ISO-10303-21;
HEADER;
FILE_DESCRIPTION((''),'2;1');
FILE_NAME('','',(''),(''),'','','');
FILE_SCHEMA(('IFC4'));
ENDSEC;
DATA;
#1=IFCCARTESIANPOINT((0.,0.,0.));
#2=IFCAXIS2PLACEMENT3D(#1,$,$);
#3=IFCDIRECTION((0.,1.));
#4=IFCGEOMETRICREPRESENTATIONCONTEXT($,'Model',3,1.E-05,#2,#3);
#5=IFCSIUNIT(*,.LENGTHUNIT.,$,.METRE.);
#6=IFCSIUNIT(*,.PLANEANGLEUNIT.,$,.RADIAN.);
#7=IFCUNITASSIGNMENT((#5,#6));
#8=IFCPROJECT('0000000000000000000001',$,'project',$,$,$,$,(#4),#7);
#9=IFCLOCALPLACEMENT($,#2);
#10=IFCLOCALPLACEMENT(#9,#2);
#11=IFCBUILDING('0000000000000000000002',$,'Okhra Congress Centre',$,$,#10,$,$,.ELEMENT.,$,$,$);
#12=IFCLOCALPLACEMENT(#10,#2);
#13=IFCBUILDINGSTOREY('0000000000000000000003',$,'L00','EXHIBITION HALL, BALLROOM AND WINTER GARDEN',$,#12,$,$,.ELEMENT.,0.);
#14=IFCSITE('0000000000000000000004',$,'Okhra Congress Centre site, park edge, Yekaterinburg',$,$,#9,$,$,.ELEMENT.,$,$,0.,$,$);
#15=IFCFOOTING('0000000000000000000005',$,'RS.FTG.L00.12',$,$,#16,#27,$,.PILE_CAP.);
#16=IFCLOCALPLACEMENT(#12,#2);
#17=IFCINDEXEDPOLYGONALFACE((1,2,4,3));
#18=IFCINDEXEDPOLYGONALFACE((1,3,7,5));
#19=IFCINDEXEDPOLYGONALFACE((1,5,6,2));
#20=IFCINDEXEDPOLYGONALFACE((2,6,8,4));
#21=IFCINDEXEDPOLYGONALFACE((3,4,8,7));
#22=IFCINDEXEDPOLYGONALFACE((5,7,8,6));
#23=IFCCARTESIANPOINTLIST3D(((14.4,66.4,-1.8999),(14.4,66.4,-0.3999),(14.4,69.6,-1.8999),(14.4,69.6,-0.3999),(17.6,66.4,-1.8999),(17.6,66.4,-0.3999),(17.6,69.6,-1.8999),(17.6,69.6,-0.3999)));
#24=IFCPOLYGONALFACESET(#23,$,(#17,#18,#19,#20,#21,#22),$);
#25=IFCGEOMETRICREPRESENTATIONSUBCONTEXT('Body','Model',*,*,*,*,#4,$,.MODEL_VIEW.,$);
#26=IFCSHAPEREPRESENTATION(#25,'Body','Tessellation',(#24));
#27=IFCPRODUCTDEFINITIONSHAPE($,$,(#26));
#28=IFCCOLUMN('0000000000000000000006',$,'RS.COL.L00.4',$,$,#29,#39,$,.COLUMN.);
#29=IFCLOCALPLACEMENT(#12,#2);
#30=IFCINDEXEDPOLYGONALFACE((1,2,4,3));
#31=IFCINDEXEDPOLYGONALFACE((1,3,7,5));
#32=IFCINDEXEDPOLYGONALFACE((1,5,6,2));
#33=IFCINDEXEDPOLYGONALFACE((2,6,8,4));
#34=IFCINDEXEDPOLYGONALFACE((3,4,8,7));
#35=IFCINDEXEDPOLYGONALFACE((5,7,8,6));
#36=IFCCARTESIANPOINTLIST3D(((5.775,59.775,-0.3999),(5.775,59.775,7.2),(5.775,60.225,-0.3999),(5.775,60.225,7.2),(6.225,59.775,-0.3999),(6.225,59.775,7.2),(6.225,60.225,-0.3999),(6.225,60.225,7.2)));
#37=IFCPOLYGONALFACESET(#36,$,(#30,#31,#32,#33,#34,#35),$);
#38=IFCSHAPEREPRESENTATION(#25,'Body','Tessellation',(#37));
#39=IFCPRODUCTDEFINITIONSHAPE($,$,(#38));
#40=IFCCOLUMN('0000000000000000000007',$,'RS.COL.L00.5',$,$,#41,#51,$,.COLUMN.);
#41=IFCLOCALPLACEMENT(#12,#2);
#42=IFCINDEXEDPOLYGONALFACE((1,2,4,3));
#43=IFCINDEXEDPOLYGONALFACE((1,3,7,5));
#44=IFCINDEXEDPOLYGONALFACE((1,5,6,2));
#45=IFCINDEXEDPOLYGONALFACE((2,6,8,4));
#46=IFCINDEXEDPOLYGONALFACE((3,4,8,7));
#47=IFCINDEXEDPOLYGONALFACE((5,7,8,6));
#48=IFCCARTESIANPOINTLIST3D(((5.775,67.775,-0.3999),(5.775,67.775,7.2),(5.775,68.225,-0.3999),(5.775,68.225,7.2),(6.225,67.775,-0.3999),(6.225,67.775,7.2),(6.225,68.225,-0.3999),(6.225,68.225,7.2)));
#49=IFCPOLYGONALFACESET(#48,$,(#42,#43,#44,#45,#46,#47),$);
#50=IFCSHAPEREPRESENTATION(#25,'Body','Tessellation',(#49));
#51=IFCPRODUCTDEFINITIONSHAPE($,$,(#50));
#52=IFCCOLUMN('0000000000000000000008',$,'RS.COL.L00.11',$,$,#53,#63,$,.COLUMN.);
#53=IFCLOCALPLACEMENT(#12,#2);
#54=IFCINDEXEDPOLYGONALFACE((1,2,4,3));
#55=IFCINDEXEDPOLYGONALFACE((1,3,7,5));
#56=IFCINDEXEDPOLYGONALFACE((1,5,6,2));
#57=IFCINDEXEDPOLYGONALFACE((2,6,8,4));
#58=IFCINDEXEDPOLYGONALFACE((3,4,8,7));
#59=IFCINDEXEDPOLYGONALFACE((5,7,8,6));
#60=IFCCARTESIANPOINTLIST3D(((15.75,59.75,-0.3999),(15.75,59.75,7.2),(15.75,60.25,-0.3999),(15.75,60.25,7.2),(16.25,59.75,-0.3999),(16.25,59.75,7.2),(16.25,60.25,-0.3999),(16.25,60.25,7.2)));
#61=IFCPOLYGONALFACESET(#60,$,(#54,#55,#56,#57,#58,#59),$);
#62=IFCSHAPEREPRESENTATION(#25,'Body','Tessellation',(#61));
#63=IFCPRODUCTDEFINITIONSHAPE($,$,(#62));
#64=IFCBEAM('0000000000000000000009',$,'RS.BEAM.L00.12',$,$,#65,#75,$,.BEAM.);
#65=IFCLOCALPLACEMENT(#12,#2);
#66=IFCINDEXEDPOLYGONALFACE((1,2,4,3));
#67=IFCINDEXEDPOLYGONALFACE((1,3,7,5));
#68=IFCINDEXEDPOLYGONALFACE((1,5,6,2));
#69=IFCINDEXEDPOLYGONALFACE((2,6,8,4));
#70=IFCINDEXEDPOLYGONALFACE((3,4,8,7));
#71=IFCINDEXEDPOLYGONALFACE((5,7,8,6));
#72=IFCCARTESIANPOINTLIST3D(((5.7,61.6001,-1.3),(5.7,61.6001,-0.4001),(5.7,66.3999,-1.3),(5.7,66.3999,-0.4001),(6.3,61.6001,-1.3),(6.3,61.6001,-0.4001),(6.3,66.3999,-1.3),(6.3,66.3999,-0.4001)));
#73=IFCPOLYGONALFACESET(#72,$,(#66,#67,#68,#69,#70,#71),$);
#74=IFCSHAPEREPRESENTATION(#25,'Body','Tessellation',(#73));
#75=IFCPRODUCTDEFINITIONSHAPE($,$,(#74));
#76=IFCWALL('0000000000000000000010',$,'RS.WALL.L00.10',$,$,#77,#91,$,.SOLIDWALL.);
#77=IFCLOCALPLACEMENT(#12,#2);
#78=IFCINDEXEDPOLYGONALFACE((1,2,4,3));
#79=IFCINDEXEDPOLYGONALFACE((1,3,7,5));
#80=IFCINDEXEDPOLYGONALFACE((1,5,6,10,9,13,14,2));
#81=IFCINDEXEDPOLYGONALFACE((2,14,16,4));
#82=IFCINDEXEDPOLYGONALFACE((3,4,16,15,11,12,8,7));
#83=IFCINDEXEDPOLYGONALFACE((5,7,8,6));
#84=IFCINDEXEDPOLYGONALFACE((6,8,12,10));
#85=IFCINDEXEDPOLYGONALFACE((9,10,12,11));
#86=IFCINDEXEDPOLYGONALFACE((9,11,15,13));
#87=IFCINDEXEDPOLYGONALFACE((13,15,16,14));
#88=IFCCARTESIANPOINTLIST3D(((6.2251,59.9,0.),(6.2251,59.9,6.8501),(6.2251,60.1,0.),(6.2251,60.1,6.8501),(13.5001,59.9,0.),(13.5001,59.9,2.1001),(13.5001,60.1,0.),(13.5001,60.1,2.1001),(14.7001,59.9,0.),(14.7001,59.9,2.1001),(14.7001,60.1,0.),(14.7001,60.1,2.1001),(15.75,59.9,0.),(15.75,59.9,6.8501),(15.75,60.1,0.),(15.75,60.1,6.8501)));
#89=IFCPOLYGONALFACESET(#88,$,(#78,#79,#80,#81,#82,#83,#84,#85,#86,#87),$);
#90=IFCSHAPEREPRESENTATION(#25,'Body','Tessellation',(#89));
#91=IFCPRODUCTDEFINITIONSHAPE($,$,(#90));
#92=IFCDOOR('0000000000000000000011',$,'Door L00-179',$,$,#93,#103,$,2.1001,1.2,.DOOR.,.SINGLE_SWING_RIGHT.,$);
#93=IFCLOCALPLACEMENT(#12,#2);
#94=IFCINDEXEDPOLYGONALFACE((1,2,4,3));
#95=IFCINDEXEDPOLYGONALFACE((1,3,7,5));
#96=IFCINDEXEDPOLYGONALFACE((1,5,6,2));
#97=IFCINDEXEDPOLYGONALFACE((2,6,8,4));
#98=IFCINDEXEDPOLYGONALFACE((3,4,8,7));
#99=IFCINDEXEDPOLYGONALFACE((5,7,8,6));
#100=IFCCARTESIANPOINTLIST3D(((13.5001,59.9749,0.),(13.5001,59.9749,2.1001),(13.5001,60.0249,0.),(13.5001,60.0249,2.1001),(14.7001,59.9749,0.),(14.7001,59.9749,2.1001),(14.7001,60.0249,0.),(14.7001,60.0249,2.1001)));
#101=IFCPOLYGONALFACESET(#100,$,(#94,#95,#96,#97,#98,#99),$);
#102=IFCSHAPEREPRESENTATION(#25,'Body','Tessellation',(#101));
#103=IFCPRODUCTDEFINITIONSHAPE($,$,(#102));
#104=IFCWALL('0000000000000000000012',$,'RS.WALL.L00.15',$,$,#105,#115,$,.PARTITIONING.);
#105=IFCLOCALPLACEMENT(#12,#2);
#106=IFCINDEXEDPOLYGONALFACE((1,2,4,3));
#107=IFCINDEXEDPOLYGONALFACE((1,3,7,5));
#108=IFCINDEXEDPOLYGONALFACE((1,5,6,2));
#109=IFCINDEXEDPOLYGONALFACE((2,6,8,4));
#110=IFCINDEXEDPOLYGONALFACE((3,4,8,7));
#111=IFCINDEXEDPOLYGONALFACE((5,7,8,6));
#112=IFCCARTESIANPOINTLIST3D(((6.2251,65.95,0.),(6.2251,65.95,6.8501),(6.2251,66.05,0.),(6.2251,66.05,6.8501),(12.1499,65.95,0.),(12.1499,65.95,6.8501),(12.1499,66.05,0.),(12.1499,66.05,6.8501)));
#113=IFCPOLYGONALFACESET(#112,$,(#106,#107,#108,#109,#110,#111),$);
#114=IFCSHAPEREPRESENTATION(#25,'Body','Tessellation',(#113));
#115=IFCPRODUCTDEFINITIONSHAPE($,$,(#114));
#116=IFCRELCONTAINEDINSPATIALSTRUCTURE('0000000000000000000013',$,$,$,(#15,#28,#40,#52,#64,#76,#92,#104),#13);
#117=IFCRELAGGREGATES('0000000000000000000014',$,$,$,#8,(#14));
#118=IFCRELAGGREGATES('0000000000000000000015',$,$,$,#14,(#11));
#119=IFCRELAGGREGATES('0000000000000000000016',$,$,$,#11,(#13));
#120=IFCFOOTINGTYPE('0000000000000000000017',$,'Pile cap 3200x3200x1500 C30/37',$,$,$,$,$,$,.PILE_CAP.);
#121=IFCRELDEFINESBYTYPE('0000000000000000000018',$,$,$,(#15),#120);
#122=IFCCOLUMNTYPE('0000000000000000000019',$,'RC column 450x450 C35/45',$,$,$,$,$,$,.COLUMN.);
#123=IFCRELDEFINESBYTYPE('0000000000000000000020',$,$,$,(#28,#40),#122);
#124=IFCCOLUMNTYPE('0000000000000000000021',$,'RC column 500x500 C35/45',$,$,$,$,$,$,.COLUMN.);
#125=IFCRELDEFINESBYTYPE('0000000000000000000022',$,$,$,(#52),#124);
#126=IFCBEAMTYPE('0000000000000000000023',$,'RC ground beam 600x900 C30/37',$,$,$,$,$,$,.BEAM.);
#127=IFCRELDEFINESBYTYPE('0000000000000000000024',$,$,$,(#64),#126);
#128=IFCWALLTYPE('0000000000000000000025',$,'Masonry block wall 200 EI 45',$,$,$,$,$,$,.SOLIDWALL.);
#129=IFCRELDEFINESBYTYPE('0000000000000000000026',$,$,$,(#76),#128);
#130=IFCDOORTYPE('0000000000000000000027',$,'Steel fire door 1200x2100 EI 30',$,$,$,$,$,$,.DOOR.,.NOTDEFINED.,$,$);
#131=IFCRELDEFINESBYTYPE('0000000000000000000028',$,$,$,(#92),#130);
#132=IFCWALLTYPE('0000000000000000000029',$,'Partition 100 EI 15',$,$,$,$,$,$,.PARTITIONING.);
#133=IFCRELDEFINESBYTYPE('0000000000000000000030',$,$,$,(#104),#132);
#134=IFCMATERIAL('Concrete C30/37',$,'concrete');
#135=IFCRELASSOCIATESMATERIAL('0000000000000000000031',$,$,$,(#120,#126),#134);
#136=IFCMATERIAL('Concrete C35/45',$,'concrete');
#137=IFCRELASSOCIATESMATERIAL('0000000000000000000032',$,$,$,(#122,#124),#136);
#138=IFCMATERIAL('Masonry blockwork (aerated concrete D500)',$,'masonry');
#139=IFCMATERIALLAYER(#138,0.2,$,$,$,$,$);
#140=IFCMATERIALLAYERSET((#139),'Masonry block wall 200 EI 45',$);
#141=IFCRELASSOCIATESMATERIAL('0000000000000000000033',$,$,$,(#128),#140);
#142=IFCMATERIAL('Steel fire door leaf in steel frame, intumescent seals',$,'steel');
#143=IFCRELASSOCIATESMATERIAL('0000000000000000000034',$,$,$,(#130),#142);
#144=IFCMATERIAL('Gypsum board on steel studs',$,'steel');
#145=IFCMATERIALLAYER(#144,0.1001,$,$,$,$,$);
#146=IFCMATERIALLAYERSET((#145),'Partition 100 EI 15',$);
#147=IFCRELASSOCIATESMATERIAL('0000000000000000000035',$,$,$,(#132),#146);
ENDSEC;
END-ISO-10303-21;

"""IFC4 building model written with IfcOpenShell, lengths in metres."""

from ifc_helpers import new_model, si_unit, direction, frame, frame_2d, origin, origin_2d, place, context, subcontext, project, spatial, rectangle, extrude, material, layer, layer_set, material_profile, profile_set, type_object, element, fill, save


model = new_model("IFC4")

# Units and contexts
model_context = context("Model", 3, precision=1e-05, world=origin(), true_north=direction((0.0, 1.0)))
body_context = subcontext(model_context, "Body", "Model", "MODEL_VIEW")
ifc_project = project(units=[si_unit("LENGTHUNIT", "METRE"), si_unit("PLANEANGLEUNIT", "RADIAN")], contexts=[model_context])

# Site, building, storey
site_placement = place(None, origin())
site = spatial("IfcSite", under=ifc_project, at=site_placement, Name="Okhra Congress Centre site, park edge, Yekaterinburg", CompositionType="ELEMENT", RefElevation=0.0)
building_placement = place(site_placement, origin())
building = spatial("IfcBuilding", under=site, at=building_placement, Name="Okhra Congress Centre", CompositionType="ELEMENT")
storey_placement = place(building_placement, origin())
storey = spatial("IfcBuildingStorey", under=building, at=storey_placement, Name="L00", Description="EXHIBITION HALL, BALLROOM AND WINTER GARDEN", CompositionType="ELEMENT", Elevation=0.0)

# Shared definitions
ifc_material_1 = material(Name="Concrete C30/37", Category="concrete")

# Footing
footing_type = type_object("IfcFootingType", Name="Pile cap 3200x3200x1500 C30/37", PredefinedType="PILE_CAP", material=ifc_material_1)
for number, where, z_axis, x_axis, name in (
    (1, (16.0, 68.0, -1.8999), (0.0, 0.0, 1.0), (1.0, 0.0, 0.0), "RS.FTG.L00.12"),
):
    element("IfcFooting", number, at=place(storey_placement, frame(where, z_axis=z_axis, x_axis=x_axis)), inside=storey, type_object=footing_type, Name=name, PredefinedType="PILE_CAP", context=body_context, shape_type="SweptSolid", body=[
        extrude(rectangle(XDim=3.2, YDim=3.2, at=origin_2d()), origin(), (0.0, 0.0, 1.0), 1.5),
    ])

# Columns
ifc_material_2 = material(Name="Concrete C35/45", Category="concrete")
ifc_material_profile_1 = material_profile(ifc_material_2, rectangle(XDim=0.45, YDim=0.45, at=origin_2d()), Name="RC 450x450")
ifc_profile_set_1 = profile_set([ifc_material_profile_1], Name="Concrete C35/45")
column_type_1 = type_object("IfcColumnType", Name="RC column 450x450 C35/45", PredefinedType="COLUMN", material=ifc_profile_set_1)
for number, where, z_axis, x_axis, name in (
    (2, (6.0, 60.0, -0.3999), (0.0, 0.0, 1.0), (1.0, 0.0, 0.0), "RS.COL.L00.4"),
    (3, (6.0, 68.0, -0.3999), (0.0, 0.0, 1.0), (1.0, 0.0, 0.0), "RS.COL.L00.5"),
):
    element("IfcColumn", number, at=place(storey_placement, frame(where, z_axis=z_axis, x_axis=x_axis)), inside=storey, type_object=column_type_1, Name=name, PredefinedType="COLUMN", context=body_context, shape_type="SweptSolid", body=[
        extrude(rectangle(XDim=0.45, YDim=0.45, at=origin_2d()), origin(), (0.0, 0.0, 1.0), 7.5999),
    ])
ifc_material_profile_2 = material_profile(ifc_material_2, rectangle(XDim=0.5, YDim=0.5, at=origin_2d()), Name="RC 500x500")
ifc_profile_set_2 = profile_set([ifc_material_profile_2], Name="Concrete C35/45")
column_type_2 = type_object("IfcColumnType", Name="RC column 500x500 C35/45", PredefinedType="COLUMN", material=ifc_profile_set_2)
column_placement = place(storey_placement, frame((16.0, 60.0, -0.3999), z_axis=(0.0, 0.0, 1.0), x_axis=(1.0, 0.0, 0.0)))
element("IfcColumn", 4, at=column_placement, inside=storey, type_object=column_type_2, Name="RS.COL.L00.11", PredefinedType="COLUMN", context=body_context, shape_type="SweptSolid", body=[
    extrude(rectangle(XDim=0.5, YDim=0.5, at=origin_2d()), origin(), (0.0, 0.0, 1.0), 7.5999),
])

# Beam
ifc_material_profile_3 = material_profile(ifc_material_1, rectangle(XDim=0.6001, YDim=0.8999, at=origin_2d()), Name="RC 600x900")
ifc_profile_set_3 = profile_set([ifc_material_profile_3], Name="Concrete C30/37")
beam_type = type_object("IfcBeamType", Name="RC ground beam 600x900 C30/37", PredefinedType="BEAM", material=ifc_profile_set_3)
beam_placement = place(storey_placement, frame((6.0, 61.6001, -0.8501), z_axis=(0.0, 1.0, 0.0), x_axis=(-1.0, 0.0, 0.0)))
element("IfcBeam", 5, at=beam_placement, inside=storey, type_object=beam_type, Name="RS.BEAM.L00.12", PredefinedType="BEAM", context=body_context, shape_type="SweptSolid", body=[
    extrude(rectangle(XDim=0.6001, YDim=0.8999, at=origin_2d()), origin(), (0.0, 0.0, 1.0), 4.7998),
])

# Wall, opening, door
ifc_material_3 = material(Name="Masonry blockwork (aerated concrete D500)", Category="masonry")
ifc_layer_1 = layer(ifc_material_3, 0.2)
ifc_layer_set_1 = layer_set([ifc_layer_1], Name="Masonry block wall 200 EI 45")
wall_type_1 = type_object("IfcWallType", Name="Masonry block wall 200 EI 45", PredefinedType="SOLIDWALL", material=ifc_layer_set_1)
wall_1_placement = place(storey_placement, frame((6.2251, 60.0, 0.0), z_axis=(0.0, 0.0, 1.0), x_axis=(1.0, 0.0, 0.0)))
wall_1 = element("IfcWall", 6, at=wall_1_placement, inside=storey, type_object=wall_type_1, Name="RS.WALL.L00.10", PredefinedType="SOLIDWALL", context=body_context, shape_type="SweptSolid", body=[
    extrude(rectangle(XDim=9.5249, YDim=0.2, at=frame_2d((4.7625, 0.0))), origin(), (0.0, 0.0, 1.0), 6.8501),
])
opening_1_placement = place(wall_1_placement, frame((7.2749, 0.0, 0.0)))
opening_1 = element("IfcOpeningElement", 7, at=opening_1_placement, cuts=wall_1, PredefinedType="OPENING", context=body_context, shape_type="SweptSolid", body=[
    extrude(rectangle(XDim=1.2, YDim=2.1001, at=frame_2d((0.6001, 1.05))), frame((0.0, 0.1099, 0.0), z_axis=(0.0, -1.0, 0.0), x_axis=(1.0, 0.0, 0.0)), (0.0, 0.0, 1.0), 0.22),
])
ifc_material_4 = material(Name="Steel fire door leaf in steel frame, intumescent seals", Category="steel")
door_type_1 = type_object("IfcDoorType", Name="Steel fire door 1200x2100 EI 30", OperationType="NOTDEFINED", PredefinedType="DOOR", material=ifc_material_4)
door_1_placement = place(opening_1_placement, origin())
door_1 = element("IfcDoor", 8, at=door_1_placement, inside=storey, type_object=door_type_1, Name="Door L00-179", OperationType="SINGLE_SWING_RIGHT", OverallHeight=2.1001, OverallWidth=1.2, PredefinedType="DOOR", context=body_context, shape_type="SweptSolid", body=[
    extrude(rectangle(XDim=1.2, YDim=2.1001, at=frame_2d((0.6001, 1.05))), frame((0.0, 0.0249, 0.0), z_axis=(0.0, -1.0, 0.0), x_axis=(1.0, 0.0, 0.0)), (0.0, 0.0, 1.0), 0.05),
])
fill(opening_1, door_1)

# Wall
ifc_material_5 = material(Name="Gypsum board on steel studs", Category="steel")
ifc_layer_2 = layer(ifc_material_5, 0.1001)
ifc_layer_set_2 = layer_set([ifc_layer_2], Name="Partition 100 EI 15")
wall_type_2 = type_object("IfcWallType", Name="Partition 100 EI 15", PredefinedType="PARTITIONING", material=ifc_layer_set_2)
wall_2_placement = place(storey_placement, frame((6.2251, 66.0, 0.0), z_axis=(0.0, 0.0, 1.0), x_axis=(1.0, 0.0, 0.0)))
element("IfcWall", 9, at=wall_2_placement, inside=storey, type_object=wall_type_2, Name="RS.WALL.L00.15", PredefinedType="PARTITIONING", context=body_context, shape_type="SweptSolid", body=[
    extrude(rectangle(XDim=5.9248, YDim=0.1001, at=frame_2d((2.9624, 0.0))), origin(), (0.0, 0.0, 1.0), 6.8501),
])

save(model, "model.ifc")
